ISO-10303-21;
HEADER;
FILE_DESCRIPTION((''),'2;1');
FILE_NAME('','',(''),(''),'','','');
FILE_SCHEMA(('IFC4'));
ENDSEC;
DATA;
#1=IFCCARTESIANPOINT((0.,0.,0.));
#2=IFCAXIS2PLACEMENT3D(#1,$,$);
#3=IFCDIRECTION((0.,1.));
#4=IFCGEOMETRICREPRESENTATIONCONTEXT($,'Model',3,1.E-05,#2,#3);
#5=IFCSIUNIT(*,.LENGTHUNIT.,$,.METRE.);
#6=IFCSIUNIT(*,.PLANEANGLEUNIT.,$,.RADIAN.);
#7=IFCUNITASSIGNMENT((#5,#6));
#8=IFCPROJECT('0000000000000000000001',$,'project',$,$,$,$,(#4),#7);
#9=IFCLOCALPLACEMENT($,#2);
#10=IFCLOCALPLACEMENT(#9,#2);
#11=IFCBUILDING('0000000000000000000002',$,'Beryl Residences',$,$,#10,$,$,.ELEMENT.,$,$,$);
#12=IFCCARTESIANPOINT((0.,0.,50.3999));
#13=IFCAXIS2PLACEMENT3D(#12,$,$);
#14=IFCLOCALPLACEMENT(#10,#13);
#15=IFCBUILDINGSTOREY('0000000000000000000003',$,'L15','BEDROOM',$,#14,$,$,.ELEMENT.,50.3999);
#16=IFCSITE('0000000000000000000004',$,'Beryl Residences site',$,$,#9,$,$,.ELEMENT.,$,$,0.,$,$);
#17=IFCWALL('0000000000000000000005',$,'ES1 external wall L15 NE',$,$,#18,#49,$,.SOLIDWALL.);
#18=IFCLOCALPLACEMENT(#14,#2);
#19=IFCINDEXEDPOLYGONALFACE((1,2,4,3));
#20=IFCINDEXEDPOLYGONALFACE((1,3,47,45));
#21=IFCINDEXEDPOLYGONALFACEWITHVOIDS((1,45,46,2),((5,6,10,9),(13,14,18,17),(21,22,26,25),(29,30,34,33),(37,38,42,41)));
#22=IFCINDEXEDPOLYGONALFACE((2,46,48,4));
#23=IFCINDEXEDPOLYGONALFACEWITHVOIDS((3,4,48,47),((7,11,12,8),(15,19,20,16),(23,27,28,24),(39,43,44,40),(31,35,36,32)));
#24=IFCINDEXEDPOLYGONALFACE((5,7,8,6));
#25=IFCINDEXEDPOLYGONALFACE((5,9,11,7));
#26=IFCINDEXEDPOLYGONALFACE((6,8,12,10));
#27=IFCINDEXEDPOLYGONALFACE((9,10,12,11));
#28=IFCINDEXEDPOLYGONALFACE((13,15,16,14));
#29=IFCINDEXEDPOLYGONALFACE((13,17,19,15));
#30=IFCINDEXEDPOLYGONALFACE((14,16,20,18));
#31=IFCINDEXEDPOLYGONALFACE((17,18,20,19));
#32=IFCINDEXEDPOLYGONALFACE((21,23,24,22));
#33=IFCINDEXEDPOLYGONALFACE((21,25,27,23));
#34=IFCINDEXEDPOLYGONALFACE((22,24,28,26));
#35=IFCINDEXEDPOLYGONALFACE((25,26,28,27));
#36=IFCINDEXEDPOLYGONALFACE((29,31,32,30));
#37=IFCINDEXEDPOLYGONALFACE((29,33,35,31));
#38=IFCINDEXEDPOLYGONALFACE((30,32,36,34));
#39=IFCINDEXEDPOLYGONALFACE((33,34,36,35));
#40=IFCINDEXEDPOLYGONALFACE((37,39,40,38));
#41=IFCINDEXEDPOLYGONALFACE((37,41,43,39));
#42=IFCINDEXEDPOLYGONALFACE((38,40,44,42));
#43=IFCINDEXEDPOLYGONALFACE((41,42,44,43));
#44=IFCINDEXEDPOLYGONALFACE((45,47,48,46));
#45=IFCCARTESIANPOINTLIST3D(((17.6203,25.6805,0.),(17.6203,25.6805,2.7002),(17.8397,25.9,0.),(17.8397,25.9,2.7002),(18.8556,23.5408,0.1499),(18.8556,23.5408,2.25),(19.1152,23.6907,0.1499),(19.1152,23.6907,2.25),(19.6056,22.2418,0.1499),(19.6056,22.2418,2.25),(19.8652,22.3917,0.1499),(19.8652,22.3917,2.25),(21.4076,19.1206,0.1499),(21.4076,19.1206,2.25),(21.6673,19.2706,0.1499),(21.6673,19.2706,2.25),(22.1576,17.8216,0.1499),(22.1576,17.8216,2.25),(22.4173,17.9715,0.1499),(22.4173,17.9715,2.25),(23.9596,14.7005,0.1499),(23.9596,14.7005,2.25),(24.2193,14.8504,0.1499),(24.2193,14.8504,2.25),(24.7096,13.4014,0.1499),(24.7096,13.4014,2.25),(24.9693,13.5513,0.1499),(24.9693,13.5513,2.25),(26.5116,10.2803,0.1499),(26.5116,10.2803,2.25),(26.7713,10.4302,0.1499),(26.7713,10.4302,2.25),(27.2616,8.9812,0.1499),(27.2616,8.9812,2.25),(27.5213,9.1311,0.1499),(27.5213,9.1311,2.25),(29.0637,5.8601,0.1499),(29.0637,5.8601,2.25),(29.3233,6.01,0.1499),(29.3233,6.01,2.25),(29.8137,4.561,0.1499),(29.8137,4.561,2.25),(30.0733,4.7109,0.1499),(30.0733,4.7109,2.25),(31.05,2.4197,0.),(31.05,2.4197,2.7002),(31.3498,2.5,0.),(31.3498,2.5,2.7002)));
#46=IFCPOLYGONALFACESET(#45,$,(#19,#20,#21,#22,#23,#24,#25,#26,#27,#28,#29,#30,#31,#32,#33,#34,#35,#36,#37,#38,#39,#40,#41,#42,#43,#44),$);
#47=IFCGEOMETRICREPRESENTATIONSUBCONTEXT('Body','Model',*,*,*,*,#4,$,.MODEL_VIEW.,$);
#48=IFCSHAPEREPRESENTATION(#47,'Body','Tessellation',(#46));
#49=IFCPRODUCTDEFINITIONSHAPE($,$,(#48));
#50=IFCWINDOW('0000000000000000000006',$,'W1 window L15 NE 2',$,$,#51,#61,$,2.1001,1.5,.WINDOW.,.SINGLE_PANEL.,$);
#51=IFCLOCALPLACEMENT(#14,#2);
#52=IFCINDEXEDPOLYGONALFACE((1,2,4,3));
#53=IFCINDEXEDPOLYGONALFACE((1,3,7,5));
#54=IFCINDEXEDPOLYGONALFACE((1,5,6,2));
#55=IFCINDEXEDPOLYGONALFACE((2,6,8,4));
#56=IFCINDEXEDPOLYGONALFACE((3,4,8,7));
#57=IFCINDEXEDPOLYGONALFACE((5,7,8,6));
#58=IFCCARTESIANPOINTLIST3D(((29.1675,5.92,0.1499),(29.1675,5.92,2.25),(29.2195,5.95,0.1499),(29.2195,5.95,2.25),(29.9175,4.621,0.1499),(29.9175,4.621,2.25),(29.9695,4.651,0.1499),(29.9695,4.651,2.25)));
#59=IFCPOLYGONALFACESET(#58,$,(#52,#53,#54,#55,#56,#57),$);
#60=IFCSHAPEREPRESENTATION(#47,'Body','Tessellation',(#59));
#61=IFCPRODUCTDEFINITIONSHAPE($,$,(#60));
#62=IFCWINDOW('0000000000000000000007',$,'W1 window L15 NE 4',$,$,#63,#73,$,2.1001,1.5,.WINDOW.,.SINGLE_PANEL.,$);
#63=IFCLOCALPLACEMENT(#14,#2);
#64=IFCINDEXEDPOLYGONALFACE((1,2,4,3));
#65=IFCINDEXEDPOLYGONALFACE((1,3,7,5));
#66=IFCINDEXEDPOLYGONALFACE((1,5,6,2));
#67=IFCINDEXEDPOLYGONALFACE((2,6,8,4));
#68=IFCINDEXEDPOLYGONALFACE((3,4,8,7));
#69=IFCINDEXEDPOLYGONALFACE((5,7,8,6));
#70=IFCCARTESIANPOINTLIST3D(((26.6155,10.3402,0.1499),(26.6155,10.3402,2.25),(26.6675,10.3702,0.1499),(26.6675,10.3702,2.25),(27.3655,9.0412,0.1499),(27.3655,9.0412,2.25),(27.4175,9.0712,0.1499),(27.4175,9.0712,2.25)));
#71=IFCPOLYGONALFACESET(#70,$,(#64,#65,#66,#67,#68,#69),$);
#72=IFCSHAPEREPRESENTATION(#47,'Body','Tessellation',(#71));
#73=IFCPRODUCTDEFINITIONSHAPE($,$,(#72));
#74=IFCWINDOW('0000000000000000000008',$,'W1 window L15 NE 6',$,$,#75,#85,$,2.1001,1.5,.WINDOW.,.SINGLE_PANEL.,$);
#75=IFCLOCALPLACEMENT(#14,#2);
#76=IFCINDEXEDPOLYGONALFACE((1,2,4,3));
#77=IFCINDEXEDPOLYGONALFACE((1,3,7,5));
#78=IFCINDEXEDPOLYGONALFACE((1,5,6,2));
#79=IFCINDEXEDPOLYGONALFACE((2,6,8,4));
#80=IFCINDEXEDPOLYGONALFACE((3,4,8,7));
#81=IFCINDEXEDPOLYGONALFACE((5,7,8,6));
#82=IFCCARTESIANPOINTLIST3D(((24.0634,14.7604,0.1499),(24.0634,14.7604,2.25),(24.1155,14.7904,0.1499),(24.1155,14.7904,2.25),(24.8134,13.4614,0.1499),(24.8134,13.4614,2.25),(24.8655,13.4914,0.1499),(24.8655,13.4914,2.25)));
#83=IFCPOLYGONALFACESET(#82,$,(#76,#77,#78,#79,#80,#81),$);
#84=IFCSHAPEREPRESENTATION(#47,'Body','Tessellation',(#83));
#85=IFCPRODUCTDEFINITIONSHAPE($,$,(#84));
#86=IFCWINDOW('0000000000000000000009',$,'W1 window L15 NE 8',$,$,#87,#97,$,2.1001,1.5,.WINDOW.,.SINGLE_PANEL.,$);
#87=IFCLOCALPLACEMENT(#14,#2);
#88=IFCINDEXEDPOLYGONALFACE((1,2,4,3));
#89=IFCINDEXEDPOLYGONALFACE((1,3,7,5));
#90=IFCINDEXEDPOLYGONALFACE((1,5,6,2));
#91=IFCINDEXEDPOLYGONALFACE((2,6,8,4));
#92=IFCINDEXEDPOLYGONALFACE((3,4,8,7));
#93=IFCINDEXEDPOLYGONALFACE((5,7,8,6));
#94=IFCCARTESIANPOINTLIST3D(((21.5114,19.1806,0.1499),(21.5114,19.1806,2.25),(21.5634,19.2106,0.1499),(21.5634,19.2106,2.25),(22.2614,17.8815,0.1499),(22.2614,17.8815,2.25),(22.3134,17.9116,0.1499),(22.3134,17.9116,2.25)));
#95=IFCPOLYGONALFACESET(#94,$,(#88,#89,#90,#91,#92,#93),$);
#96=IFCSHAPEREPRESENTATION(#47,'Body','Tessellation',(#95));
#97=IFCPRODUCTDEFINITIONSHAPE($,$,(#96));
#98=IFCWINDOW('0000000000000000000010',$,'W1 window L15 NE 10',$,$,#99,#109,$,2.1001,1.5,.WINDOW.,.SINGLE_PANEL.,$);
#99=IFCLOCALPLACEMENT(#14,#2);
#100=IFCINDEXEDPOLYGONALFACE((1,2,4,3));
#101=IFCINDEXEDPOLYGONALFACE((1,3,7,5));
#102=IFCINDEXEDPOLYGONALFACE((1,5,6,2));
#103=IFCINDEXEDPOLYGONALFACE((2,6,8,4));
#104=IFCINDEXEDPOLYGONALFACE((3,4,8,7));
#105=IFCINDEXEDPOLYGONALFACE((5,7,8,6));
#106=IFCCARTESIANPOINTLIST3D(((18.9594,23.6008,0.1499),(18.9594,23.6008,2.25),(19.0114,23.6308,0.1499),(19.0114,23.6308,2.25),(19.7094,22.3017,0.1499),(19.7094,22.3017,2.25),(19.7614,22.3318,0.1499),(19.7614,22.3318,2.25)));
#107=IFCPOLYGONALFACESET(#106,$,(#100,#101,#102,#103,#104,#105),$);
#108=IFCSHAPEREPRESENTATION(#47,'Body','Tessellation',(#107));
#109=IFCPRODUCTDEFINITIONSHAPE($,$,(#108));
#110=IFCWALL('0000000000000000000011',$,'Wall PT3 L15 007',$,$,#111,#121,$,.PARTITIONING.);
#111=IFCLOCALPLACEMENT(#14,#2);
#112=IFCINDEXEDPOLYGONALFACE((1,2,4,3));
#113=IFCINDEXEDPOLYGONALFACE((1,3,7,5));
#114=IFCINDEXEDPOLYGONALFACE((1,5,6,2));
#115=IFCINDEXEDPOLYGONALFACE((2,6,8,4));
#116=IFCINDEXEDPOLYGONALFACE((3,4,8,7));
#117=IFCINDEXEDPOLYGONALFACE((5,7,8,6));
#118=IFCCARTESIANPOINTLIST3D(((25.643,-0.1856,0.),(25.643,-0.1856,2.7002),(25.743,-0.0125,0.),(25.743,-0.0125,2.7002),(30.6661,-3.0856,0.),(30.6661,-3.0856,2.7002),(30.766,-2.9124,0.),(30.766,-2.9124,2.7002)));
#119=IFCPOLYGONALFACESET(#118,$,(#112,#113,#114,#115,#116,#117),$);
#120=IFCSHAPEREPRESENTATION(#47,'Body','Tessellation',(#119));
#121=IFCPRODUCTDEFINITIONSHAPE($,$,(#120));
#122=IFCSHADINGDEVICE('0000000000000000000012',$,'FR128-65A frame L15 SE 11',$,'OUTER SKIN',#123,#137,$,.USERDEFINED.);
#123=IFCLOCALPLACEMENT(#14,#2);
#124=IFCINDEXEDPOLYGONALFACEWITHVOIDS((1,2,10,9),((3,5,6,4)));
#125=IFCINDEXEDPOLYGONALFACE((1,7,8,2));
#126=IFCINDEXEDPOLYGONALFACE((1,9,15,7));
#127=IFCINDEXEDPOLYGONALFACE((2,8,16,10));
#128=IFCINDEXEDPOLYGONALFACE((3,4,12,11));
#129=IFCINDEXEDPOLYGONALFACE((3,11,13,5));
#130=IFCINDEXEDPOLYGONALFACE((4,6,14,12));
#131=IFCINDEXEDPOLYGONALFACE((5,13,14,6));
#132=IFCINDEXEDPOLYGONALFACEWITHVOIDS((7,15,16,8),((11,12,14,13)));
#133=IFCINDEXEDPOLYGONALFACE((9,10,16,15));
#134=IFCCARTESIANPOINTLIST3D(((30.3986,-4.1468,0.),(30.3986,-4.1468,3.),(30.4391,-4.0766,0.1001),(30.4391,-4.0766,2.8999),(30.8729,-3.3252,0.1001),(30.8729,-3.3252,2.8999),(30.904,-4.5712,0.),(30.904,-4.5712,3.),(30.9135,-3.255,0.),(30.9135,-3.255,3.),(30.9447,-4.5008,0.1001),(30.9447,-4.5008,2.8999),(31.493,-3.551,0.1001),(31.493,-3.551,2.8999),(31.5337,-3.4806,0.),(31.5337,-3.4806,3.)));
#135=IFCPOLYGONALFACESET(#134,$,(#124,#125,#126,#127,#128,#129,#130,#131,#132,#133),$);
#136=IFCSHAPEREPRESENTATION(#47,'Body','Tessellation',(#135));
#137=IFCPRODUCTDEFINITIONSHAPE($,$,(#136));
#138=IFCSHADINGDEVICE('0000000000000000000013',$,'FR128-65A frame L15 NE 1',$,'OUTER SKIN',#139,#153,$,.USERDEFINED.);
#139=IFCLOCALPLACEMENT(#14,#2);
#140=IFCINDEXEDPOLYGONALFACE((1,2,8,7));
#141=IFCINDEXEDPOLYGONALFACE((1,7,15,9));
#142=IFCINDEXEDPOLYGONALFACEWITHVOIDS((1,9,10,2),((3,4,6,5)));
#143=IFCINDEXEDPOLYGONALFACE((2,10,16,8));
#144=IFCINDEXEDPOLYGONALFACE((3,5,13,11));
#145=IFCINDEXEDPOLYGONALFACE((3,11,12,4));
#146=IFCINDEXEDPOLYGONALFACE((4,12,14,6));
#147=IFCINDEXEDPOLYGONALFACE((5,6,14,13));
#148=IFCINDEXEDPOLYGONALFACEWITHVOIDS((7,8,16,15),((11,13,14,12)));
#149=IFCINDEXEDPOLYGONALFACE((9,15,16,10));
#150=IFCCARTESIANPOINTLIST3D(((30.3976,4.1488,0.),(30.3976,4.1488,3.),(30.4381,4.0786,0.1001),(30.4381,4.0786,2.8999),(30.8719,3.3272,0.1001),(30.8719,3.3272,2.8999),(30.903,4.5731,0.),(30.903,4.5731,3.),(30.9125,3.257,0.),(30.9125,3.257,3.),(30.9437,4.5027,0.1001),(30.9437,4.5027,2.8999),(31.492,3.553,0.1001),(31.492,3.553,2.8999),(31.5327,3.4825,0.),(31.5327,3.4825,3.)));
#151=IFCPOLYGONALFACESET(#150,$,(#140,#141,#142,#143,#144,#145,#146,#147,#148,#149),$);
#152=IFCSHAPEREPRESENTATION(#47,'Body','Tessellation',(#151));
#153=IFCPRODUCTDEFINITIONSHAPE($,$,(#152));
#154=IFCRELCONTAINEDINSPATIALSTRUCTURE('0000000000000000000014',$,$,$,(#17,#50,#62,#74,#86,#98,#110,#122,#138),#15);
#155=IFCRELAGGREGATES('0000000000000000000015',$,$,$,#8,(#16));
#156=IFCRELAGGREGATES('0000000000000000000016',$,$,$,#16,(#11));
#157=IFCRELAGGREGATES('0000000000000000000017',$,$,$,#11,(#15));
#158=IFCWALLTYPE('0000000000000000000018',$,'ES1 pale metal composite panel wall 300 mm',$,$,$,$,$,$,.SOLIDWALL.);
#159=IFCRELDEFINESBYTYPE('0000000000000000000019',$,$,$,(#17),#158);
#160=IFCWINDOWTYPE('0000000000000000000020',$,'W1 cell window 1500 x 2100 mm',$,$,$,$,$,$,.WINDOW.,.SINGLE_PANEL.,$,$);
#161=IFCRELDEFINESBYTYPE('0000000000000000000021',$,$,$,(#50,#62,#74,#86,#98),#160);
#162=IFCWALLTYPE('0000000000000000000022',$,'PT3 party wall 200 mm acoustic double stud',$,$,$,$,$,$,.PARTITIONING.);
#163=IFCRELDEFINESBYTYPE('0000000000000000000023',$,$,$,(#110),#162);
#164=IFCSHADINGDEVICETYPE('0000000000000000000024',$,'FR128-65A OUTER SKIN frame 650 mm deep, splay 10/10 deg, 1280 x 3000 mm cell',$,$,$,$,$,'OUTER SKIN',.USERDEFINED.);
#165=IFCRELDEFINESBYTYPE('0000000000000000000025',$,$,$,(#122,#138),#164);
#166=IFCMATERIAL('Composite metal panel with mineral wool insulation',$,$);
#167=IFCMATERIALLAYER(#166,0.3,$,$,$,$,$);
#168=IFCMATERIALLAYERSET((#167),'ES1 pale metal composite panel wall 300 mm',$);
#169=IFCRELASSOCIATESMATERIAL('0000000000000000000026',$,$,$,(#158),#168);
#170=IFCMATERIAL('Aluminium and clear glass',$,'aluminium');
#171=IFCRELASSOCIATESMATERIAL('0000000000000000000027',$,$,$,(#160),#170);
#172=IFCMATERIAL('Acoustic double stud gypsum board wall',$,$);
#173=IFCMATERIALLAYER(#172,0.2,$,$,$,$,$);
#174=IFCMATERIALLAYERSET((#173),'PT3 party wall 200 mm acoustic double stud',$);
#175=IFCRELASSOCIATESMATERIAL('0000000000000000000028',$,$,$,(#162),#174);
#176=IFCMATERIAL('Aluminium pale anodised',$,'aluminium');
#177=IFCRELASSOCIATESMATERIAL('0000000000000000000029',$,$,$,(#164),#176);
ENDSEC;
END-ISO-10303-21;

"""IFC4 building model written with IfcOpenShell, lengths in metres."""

from ifc_helpers import new_model, entity, si_unit, direction, frame, frame_2d, origin, place, context, subcontext, project, spatial, polyline, rectangle, outline, extrude, source, transform, mapped, material, layer, layer_set, type_object, type_shapes, element, fill, save


model = new_model("IFC4")

# Units and contexts
model_context = context("Model", 3, precision=1e-05, world=origin(), true_north=direction((0.0, 1.0)))
body_context = subcontext(model_context, "Body", "Model", "MODEL_VIEW")
ifc_project = project(units=[si_unit("LENGTHUNIT", "METRE"), si_unit("PLANEANGLEUNIT", "RADIAN")], contexts=[model_context])

# Site, building, storey
site_placement = place(None, origin())
site = spatial("IfcSite", under=ifc_project, at=site_placement, Name="Beryl Residences site", CompositionType="ELEMENT", RefElevation=0.0)
building_placement = place(site_placement, origin())
building = spatial("IfcBuilding", under=site, at=building_placement, Name="Beryl Residences", CompositionType="ELEMENT")
storey_placement = place(building_placement, frame((0.0, 0.0, 50.3999)))
storey = spatial("IfcBuildingStorey", under=building, at=storey_placement, Name="L15", Description="BEDROOM", CompositionType="ELEMENT", Elevation=50.3999)

# Shared definitions
ifc_material_1 = material(Name="Composite metal panel with mineral wool insulation")
ifc_layer_1 = layer(ifc_material_1, 0.3)
ifc_layer_set_1 = layer_set([ifc_layer_1], Name="ES1 pale metal composite panel wall 300 mm")
wall_type_1 = type_object("IfcWallType", Name="ES1 pale metal composite panel wall 300 mm", PredefinedType="SOLIDWALL", material=ifc_layer_set_1)

# Wall, openings, windows
wall_1_placement = place(storey_placement, frame((31.22, 2.425, 0.0), z_axis=(0.0, 0.0, 1.0), x_axis=(-0.500002, 0.866024, 0.0)))
wall_1 = element("IfcWall", 1, at=wall_1_placement, inside=storey, type_object=wall_type_1, Name="ES1 external wall L15 NE", PredefinedType="SOLIDWALL", context=body_context, shape_type="SweptSolid", body=[
    extrude(outline(polyline([(0.0, -0.1499), (27.02, -0.1499), (26.9397, 0.1499), (0.0803, 0.1499), (0.0, -0.1499)])), origin(), (0.0, 0.0, 1.0), 2.7002),
])
opening_1_placement = place(wall_1_placement, frame((2.553, 0.0, 0.1499)))
opening_1 = element("IfcOpeningElement", 2, at=opening_1_placement, cuts=wall_1, PredefinedType="OPENING", context=body_context, shape_type="SweptSolid", body=[
    extrude(rectangle(XDim=1.5, YDim=2.1001, at=frame_2d((0.75, 1.05))), frame((0.0, 0.1599, 0.0), z_axis=(0.0, -1.0, 0.0), x_axis=(1.0, 0.0, 0.0)), (0.0, 0.0, 1.0), 0.3201),
])
opening_2_placement = place(wall_1_placement, frame((7.657, 0.0, 0.1499)))
opening_2 = element("IfcOpeningElement", 3, at=opening_2_placement, cuts=wall_1, PredefinedType="OPENING", context=body_context, shape_type="SweptSolid", body=[
    extrude(rectangle(XDim=1.5, YDim=2.1001, at=frame_2d((0.75, 1.05))), frame((0.0, 0.1599, 0.0), z_axis=(0.0, -1.0, 0.0), x_axis=(1.0, 0.0, 0.0)), (0.0, 0.0, 1.0), 0.3201),
])
opening_3_placement = place(wall_1_placement, frame((12.761, 0.0, 0.1499)))
opening_3 = element("IfcOpeningElement", 4, at=opening_3_placement, cuts=wall_1, PredefinedType="OPENING", context=body_context, shape_type="SweptSolid", body=[
    extrude(rectangle(XDim=1.5, YDim=2.1001, at=frame_2d((0.75, 1.05))), frame((0.0, 0.1599, 0.0), z_axis=(0.0, -1.0, 0.0), x_axis=(1.0, 0.0, 0.0)), (0.0, 0.0, 1.0), 0.3201),
])
opening_4_placement = place(wall_1_placement, frame((17.865, 0.0, 0.1499)))
opening_4 = element("IfcOpeningElement", 5, at=opening_4_placement, cuts=wall_1, PredefinedType="OPENING", context=body_context, shape_type="SweptSolid", body=[
    extrude(rectangle(XDim=1.5, YDim=2.1001, at=frame_2d((0.75, 1.05))), frame((0.0, 0.1599, 0.0), z_axis=(0.0, -1.0, 0.0), x_axis=(1.0, 0.0, 0.0)), (0.0, 0.0, 1.0), 0.3201),
])
opening_5_placement = place(wall_1_placement, frame((22.969, 0.0, 0.1499)))
opening_5 = element("IfcOpeningElement", 6, at=opening_5_placement, cuts=wall_1, PredefinedType="OPENING", context=body_context, shape_type="SweptSolid", body=[
    extrude(rectangle(XDim=1.5, YDim=2.1001, at=frame_2d((0.75, 1.05))), frame((0.0, 0.1599, 0.0), z_axis=(0.0, -1.0, 0.0), x_axis=(1.0, 0.0, 0.0)), (0.0, 0.0, 1.0), 0.3201),
])
ifc_material_2 = material(Name="Aluminium and clear glass", Category="aluminium")
window_type_1 = type_object("IfcWindowType", Name="W1 cell window 1500 x 2100 mm", PartitioningType="SINGLE_PANEL", PredefinedType="WINDOW", material=ifc_material_2)
window_1_placement = place(opening_1_placement, origin())
window_1 = element("IfcWindow", 7, at=window_1_placement, inside=storey, type_object=window_type_1, Name="W1 window L15 NE 2", OverallHeight=2.1001, OverallWidth=1.5, PartitioningType="SINGLE_PANEL", PredefinedType="WINDOW", context=body_context, shape_type="SweptSolid", body=[
    extrude(rectangle(XDim=1.5, YDim=2.1001, at=frame_2d((0.75, 1.05))), frame((0.0, 0.03, 0.0), z_axis=(0.0, -1.0, 0.0), x_axis=(1.0, 0.0, 0.0)), (0.0, 0.0, 1.0), 0.0601),
])
fill(opening_1, window_1)
window_2_placement = place(opening_2_placement, origin())
window_2 = element("IfcWindow", 8, at=window_2_placement, inside=storey, type_object=window_type_1, Name="W1 window L15 NE 4", OverallHeight=2.1001, OverallWidth=1.5, PartitioningType="SINGLE_PANEL", PredefinedType="WINDOW", context=body_context, shape_type="SweptSolid", body=[
    extrude(rectangle(XDim=1.5, YDim=2.1001, at=frame_2d((0.75, 1.05))), frame((0.0, 0.03, 0.0), z_axis=(0.0, -1.0, 0.0), x_axis=(1.0, 0.0, 0.0)), (0.0, 0.0, 1.0), 0.0601),
])
fill(opening_2, window_2)
window_3_placement = place(opening_3_placement, origin())
window_3 = element("IfcWindow", 9, at=window_3_placement, inside=storey, type_object=window_type_1, Name="W1 window L15 NE 6", OverallHeight=2.1001, OverallWidth=1.5, PartitioningType="SINGLE_PANEL", PredefinedType="WINDOW", context=body_context, shape_type="SweptSolid", body=[
    extrude(rectangle(XDim=1.5, YDim=2.1001, at=frame_2d((0.75, 1.05))), frame((0.0, 0.03, 0.0), z_axis=(0.0, -1.0, 0.0), x_axis=(1.0, 0.0, 0.0)), (0.0, 0.0, 1.0), 0.0601),
])
fill(opening_3, window_3)
window_4_placement = place(opening_4_placement, origin())
window_4 = element("IfcWindow", 10, at=window_4_placement, inside=storey, type_object=window_type_1, Name="W1 window L15 NE 8", OverallHeight=2.1001, OverallWidth=1.5, PartitioningType="SINGLE_PANEL", PredefinedType="WINDOW", context=body_context, shape_type="SweptSolid", body=[
    extrude(rectangle(XDim=1.5, YDim=2.1001, at=frame_2d((0.75, 1.05))), frame((0.0, 0.03, 0.0), z_axis=(0.0, -1.0, 0.0), x_axis=(1.0, 0.0, 0.0)), (0.0, 0.0, 1.0), 0.0601),
])
fill(opening_4, window_4)
window_5_placement = place(opening_5_placement, origin())
window_5 = element("IfcWindow", 11, at=window_5_placement, inside=storey, type_object=window_type_1, Name="W1 window L15 NE 10", OverallHeight=2.1001, OverallWidth=1.5, PartitioningType="SINGLE_PANEL", PredefinedType="WINDOW", context=body_context, shape_type="SweptSolid", body=[
    extrude(rectangle(XDim=1.5, YDim=2.1001, at=frame_2d((0.75, 1.05))), frame((0.0, 0.03, 0.0), z_axis=(0.0, -1.0, 0.0), x_axis=(1.0, 0.0, 0.0)), (0.0, 0.0, 1.0), 0.0601),
])
fill(opening_5, window_5)

# Wall
ifc_material_3 = material(Name="Acoustic double stud gypsum board wall")
ifc_layer_2 = layer(ifc_material_3, 0.2)
ifc_layer_set_2 = layer_set([ifc_layer_2], Name="PT3 party wall 200 mm acoustic double stud")
wall_type_2 = type_object("IfcWallType", Name="PT3 party wall 200 mm acoustic double stud", PredefinedType="PARTITIONING", material=ifc_layer_set_2)
wall_2_placement = place(storey_placement, frame((25.6931, -0.0991, 0.0), z_axis=(0.0, 0.0, 1.0), x_axis=(0.866033, -0.499987, 0.0)))
element("IfcWall", 12, at=wall_2_placement, inside=storey, type_object=wall_type_2, Name="Wall PT3 L15 007", PredefinedType="PARTITIONING", context=body_context, shape_type="SweptSolid", body=[
    extrude(rectangle(XDim=5.8, YDim=0.2, at=frame_2d((2.8999, 0.0))), origin(), (0.0, 0.0, 1.0), 2.7002),
])

# Shading devices
ifc_material_4 = material(Name="Aluminium pale anodised", Category="aluminium")
shading_device_type_1 = type_object("IfcShadingDeviceType", Name="FR128-65A OUTER SKIN frame 650 mm deep, splay 10/10 deg, 1280 x 3000 mm cell", ElementType="OUTER SKIN", PredefinedType="USERDEFINED", material=ifc_material_4)
cartesian_point_1 = entity("IfcCartesianPoint", [-0.5149, 0.0])
cartesian_point_2 = entity("IfcCartesianPoint", [-0.4338, 0.1001])
cartesian_point_3 = entity("IfcCartesianPoint", [-0.6296, 0.0])
cartesian_point_4 = entity("IfcCartesianPoint", [-0.5483, 0.1001])
shared_shape_1 = source(origin(), body_context, "Body", "SweptSolid", [
    entity("IfcExtrudedAreaSolidTapered", entity("IfcArbitraryProfileDefWithVoids", "AREA", None, entity("IfcPolyline", [cartesian_point_1, entity("IfcCartesianPoint", [0.5149, 0.0]), entity("IfcCartesianPoint", [0.5149, 3.0]), entity("IfcCartesianPoint", [-0.5149, 3.0]), cartesian_point_1]), [entity("IfcPolyline", [cartesian_point_2, entity("IfcCartesianPoint", [0.4338, 0.1001]), entity("IfcCartesianPoint", [0.4338, 2.8999]), entity("IfcCartesianPoint", [-0.4338, 2.8999]), cartesian_point_2])]), entity("IfcAxis2Placement3D", entity("IfcCartesianPoint", [0.0, 0.0, 0.0]), entity("IfcDirection", [0.0, 1.0, 0.0]), entity("IfcDirection", [-1.0, 0.0, 0.0])), entity("IfcDirection", [0.0, 0.0, 1.0]), 0.6499, entity("IfcArbitraryProfileDefWithVoids", "AREA", None, entity("IfcPolyline", [cartesian_point_3, entity("IfcCartesianPoint", [0.6296, 0.0]), entity("IfcCartesianPoint", [0.6296, 3.0]), entity("IfcCartesianPoint", [-0.6296, 3.0]), cartesian_point_3]), [entity("IfcPolyline", [cartesian_point_4, entity("IfcCartesianPoint", [0.5483, 0.1001]), entity("IfcCartesianPoint", [0.5483, 2.8999]), entity("IfcCartesianPoint", [-0.5483, 2.8999]), cartesian_point_4])])),
])
type_shapes(shading_device_type_1, [shared_shape_1])
for number, where, z_axis, x_axis, name in (
    (13, (30.656, -3.7009, 0.0), (0.0, 0.0, 1.0), (-0.5, -0.866025, 0.0), "FR128-65A frame L15 SE 11"),
    (14, (30.655, 3.7029, 0.0), (0.0, 0.0, 1.0), (0.5, -0.866025, 0.0), "FR128-65A frame L15 NE 1"),
):
    element("IfcShadingDevice", number, at=place(storey_placement, frame(where, z_axis=z_axis, x_axis=x_axis)), inside=storey, type_object=shading_device_type_1, Name=name, ObjectType="OUTER SKIN", PredefinedType="USERDEFINED", context=body_context, shape_type="MappedRepresentation", body=[
        mapped(shared_shape_1, transform((0.0, 0.0, 0.0))),
    ])

save(model, "model.ifc")
